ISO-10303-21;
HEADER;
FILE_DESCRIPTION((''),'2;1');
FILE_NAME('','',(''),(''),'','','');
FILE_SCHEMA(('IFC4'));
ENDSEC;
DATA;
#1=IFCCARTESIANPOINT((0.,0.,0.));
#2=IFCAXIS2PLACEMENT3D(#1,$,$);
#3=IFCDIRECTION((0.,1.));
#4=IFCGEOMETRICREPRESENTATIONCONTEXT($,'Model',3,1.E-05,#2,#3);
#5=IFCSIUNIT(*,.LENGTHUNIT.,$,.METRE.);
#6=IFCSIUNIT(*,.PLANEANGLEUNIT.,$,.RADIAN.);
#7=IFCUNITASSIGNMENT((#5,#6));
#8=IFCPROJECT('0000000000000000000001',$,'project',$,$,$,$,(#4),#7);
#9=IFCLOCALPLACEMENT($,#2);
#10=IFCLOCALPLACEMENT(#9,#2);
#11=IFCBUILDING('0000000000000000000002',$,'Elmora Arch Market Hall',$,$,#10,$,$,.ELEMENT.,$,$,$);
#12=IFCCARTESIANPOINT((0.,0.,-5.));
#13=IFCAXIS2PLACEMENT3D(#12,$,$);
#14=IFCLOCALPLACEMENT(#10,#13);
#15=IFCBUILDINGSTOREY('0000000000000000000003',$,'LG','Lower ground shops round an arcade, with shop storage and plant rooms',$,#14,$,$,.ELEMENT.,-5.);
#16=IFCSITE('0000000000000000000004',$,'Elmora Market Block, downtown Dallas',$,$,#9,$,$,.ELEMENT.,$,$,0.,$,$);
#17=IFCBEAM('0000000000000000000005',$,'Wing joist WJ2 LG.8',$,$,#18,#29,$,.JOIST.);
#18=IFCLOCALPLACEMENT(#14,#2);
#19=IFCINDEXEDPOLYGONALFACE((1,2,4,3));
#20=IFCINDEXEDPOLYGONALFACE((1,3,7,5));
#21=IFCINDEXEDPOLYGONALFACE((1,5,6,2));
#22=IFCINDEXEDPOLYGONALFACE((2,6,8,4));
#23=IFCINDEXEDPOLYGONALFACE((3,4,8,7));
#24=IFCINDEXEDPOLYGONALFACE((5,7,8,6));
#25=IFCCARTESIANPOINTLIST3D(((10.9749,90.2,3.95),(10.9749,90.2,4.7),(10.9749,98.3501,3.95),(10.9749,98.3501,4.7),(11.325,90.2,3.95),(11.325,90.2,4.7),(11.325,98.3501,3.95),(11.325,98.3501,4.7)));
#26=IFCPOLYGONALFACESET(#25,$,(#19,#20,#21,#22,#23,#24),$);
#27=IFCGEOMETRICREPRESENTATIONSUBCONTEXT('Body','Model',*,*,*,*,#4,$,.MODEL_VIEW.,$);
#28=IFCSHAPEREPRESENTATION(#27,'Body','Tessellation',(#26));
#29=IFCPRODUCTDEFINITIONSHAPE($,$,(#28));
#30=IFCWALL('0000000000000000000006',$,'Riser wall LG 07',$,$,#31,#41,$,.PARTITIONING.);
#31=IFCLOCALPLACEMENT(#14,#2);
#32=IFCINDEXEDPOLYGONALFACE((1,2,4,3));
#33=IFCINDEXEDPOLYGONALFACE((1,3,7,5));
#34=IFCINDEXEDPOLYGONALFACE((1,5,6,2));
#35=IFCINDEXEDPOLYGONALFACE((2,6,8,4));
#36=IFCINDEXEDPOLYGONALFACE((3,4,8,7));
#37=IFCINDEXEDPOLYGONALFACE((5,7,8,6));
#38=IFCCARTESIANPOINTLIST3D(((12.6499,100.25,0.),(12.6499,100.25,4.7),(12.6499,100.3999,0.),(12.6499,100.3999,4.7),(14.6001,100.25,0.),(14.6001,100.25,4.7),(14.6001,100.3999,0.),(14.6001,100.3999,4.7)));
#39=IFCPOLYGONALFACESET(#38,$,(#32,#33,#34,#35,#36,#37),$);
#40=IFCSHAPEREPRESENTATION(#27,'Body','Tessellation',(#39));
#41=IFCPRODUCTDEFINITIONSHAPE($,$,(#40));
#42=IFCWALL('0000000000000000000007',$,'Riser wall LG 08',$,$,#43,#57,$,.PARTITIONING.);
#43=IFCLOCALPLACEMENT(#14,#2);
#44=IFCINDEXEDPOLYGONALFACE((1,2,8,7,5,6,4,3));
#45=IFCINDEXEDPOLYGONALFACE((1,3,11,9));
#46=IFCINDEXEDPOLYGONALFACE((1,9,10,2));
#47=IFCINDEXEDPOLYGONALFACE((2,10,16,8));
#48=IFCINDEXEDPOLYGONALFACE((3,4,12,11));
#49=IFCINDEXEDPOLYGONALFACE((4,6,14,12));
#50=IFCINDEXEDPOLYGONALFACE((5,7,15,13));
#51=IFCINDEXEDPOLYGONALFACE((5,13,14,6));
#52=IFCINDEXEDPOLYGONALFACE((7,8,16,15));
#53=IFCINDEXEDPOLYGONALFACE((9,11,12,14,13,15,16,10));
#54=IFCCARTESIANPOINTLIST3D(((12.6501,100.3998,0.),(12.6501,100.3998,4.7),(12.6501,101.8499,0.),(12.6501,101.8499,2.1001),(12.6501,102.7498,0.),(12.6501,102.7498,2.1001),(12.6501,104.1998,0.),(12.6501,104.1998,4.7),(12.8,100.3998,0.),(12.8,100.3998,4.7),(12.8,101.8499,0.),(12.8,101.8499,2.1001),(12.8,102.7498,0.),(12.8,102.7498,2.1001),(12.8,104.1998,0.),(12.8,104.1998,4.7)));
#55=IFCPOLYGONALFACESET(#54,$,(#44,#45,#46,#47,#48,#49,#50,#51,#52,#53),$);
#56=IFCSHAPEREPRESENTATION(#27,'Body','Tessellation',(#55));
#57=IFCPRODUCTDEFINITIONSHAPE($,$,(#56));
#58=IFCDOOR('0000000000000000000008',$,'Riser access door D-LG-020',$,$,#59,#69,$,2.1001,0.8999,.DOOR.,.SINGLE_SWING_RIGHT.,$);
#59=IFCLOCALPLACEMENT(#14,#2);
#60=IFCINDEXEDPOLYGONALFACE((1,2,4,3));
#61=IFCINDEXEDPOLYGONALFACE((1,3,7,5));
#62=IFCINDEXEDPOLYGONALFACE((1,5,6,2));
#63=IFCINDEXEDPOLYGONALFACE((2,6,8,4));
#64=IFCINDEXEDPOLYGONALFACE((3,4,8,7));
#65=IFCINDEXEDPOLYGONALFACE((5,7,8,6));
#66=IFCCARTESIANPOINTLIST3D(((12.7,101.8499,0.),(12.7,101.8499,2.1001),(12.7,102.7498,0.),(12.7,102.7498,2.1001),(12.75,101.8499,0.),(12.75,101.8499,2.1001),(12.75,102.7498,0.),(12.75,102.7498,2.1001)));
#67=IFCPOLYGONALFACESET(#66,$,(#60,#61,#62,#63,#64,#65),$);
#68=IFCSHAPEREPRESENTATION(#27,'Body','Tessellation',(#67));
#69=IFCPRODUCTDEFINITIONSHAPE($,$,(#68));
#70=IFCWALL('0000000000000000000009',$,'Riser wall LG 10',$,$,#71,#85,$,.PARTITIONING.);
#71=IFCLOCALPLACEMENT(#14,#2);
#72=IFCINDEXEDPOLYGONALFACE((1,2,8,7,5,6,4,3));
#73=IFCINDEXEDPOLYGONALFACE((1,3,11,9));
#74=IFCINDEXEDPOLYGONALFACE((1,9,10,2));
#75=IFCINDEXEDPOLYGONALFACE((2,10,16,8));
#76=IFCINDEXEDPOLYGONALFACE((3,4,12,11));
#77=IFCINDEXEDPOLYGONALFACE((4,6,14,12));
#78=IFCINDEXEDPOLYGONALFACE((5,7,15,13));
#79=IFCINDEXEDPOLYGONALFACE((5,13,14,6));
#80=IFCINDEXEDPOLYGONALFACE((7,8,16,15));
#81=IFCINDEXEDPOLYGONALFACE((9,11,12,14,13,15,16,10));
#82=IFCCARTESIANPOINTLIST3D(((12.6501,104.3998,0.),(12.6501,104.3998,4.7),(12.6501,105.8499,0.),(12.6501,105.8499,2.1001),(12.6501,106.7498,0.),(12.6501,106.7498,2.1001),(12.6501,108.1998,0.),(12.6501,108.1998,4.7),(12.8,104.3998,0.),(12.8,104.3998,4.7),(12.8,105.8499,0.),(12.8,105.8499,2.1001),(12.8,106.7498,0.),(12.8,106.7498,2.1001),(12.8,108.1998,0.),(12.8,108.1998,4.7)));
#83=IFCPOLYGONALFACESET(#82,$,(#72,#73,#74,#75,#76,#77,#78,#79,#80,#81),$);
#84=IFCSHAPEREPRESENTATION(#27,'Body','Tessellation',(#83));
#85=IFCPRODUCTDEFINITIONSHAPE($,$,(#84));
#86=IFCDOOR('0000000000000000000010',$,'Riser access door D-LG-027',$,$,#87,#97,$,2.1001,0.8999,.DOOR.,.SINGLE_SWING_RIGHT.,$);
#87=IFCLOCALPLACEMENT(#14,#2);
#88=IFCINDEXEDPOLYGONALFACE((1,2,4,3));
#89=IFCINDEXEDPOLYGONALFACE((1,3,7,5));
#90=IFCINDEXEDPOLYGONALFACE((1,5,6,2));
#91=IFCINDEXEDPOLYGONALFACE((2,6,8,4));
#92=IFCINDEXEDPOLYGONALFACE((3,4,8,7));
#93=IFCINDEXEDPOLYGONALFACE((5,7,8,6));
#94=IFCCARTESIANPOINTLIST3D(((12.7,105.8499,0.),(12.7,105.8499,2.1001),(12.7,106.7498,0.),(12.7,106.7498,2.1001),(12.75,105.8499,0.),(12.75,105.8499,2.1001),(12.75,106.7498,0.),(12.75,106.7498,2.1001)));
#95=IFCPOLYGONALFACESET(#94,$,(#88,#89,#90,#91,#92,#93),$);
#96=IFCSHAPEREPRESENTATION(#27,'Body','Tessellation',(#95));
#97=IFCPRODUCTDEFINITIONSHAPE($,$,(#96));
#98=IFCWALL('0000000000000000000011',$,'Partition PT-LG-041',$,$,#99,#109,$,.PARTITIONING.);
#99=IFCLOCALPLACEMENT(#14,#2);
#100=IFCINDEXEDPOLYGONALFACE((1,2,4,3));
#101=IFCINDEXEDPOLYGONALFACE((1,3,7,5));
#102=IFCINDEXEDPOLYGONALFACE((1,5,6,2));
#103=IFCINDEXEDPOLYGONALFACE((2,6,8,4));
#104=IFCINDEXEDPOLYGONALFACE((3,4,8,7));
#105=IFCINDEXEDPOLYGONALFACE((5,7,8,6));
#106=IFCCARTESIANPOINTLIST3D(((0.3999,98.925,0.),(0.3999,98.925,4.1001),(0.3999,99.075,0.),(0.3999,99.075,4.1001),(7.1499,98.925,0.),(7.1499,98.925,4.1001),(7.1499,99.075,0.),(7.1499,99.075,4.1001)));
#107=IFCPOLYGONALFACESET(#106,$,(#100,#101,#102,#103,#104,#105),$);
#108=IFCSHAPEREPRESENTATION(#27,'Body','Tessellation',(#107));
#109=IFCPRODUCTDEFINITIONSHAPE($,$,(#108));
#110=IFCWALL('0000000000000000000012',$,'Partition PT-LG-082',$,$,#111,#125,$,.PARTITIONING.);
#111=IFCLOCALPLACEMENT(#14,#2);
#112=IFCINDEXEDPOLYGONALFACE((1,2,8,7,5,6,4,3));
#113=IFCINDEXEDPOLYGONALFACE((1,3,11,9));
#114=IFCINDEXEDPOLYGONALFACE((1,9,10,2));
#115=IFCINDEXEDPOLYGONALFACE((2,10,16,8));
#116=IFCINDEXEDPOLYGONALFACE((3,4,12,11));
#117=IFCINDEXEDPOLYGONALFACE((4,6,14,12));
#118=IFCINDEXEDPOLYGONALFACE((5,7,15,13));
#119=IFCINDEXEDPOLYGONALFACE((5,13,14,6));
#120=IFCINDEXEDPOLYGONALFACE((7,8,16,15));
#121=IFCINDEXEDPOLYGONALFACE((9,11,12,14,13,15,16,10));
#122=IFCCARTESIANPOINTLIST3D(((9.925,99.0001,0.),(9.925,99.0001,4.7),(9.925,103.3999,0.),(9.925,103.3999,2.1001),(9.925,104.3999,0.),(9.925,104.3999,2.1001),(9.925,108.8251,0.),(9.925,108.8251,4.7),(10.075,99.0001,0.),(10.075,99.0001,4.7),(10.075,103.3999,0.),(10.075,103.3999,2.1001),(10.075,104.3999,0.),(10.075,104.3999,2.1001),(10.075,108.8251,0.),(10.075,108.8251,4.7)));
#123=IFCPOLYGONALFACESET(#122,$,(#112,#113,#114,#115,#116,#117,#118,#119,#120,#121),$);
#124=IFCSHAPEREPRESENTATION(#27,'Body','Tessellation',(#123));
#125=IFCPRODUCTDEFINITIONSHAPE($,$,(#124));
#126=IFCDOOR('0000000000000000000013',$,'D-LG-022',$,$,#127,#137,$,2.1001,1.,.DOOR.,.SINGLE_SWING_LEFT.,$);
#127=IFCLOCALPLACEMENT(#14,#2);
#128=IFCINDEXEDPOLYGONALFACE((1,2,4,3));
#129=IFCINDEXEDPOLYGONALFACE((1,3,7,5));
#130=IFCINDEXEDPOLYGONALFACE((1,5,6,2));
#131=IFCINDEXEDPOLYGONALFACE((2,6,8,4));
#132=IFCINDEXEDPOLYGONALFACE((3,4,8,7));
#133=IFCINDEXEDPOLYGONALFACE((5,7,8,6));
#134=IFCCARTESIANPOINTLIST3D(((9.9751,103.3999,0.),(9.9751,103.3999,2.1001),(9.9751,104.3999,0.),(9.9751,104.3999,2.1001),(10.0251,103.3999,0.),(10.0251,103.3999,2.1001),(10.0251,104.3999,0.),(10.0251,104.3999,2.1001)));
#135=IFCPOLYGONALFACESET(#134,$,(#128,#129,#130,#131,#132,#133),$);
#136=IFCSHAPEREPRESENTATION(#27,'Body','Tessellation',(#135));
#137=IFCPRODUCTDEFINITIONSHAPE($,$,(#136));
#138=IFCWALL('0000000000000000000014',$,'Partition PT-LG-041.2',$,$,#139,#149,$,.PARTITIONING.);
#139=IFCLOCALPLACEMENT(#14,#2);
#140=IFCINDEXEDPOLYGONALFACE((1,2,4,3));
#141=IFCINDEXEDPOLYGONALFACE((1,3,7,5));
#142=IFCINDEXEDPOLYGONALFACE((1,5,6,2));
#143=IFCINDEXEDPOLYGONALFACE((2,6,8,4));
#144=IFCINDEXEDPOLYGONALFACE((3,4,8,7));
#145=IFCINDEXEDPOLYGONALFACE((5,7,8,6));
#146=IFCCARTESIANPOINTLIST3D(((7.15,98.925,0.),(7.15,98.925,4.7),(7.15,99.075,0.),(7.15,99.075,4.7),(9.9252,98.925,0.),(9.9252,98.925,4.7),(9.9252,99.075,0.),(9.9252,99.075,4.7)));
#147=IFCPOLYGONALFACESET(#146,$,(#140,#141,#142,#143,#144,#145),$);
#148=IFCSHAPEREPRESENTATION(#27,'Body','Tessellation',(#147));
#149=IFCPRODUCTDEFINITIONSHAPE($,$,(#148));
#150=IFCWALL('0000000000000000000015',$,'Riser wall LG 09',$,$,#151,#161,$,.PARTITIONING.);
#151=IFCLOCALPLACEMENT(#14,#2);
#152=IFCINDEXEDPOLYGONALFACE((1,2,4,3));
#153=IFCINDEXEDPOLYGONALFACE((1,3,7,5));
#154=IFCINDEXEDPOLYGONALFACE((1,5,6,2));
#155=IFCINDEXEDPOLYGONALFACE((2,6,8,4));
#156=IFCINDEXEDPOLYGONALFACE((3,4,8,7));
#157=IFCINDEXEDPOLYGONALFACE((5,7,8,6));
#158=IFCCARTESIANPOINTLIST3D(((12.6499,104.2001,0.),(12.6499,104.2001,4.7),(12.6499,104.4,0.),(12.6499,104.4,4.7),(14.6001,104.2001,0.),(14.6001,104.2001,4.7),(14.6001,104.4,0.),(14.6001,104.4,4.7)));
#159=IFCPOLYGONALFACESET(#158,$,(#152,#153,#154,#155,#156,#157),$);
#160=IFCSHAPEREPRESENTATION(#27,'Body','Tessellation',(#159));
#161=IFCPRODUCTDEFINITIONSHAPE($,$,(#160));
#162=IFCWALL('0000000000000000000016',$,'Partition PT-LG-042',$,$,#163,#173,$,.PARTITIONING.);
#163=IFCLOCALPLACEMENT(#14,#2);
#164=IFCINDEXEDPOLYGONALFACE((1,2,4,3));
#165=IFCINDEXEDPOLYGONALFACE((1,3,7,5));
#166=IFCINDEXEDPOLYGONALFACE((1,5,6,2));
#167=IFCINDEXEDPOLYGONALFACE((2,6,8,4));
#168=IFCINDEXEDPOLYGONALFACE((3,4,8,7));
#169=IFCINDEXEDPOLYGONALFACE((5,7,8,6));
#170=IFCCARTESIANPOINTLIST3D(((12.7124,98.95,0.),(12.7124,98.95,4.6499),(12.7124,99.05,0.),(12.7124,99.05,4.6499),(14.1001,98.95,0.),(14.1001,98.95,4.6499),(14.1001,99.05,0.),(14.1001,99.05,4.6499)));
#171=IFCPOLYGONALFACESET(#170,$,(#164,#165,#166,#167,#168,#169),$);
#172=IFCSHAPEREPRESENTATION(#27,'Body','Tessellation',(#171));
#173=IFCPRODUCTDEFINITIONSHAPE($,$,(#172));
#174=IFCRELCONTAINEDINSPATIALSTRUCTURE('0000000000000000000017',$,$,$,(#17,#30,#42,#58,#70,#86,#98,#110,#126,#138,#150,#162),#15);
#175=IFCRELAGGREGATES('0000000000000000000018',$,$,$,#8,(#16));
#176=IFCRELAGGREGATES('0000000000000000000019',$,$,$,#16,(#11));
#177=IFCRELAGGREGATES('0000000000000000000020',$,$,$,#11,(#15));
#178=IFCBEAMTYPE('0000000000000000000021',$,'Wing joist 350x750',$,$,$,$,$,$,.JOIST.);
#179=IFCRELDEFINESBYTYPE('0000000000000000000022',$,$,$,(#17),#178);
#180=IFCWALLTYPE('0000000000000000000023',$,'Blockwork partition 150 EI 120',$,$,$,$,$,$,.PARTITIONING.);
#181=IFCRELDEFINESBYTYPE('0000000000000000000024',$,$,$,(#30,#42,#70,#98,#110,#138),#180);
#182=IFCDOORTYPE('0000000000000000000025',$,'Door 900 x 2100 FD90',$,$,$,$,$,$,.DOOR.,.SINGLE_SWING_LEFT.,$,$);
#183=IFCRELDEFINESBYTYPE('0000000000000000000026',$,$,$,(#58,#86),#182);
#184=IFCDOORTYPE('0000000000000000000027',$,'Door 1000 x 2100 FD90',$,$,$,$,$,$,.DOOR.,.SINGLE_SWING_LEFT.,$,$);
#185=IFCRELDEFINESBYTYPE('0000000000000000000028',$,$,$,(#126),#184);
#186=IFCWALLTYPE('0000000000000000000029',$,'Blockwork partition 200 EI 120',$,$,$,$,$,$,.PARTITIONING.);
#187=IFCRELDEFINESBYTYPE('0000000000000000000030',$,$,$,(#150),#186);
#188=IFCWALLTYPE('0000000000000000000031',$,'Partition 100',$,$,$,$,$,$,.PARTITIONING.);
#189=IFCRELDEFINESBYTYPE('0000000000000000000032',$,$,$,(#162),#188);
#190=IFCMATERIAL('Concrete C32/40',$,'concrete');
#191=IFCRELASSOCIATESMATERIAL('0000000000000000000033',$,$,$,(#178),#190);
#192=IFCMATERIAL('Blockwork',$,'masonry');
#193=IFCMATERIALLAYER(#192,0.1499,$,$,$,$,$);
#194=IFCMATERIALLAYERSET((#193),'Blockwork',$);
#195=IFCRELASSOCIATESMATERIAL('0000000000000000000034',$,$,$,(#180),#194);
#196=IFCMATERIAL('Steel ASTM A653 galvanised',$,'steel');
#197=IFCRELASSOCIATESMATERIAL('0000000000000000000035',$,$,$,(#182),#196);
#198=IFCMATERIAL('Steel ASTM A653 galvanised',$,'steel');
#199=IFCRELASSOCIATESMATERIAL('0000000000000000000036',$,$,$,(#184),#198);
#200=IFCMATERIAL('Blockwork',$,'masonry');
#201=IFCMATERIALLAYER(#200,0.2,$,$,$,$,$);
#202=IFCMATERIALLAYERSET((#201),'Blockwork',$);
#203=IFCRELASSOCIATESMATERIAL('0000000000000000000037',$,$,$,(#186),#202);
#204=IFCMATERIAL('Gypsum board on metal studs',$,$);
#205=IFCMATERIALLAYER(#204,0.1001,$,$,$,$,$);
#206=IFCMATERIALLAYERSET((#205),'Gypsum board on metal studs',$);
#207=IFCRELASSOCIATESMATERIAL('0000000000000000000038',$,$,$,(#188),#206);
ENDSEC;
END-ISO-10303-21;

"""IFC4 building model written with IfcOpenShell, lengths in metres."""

from ifc_helpers import new_model, si_unit, direction, frame, frame_2d, origin, origin_2d, place, context, subcontext, project, spatial, rectangle, extrude, material, layer, layer_set, material_profile, profile_set, type_object, element, fill, save


model = new_model("IFC4")

# Units and contexts
model_context = context("Model", 3, precision=1e-05, world=origin(), true_north=direction((0.0, 1.0)))
body_context = subcontext(model_context, "Body", "Model", "MODEL_VIEW")
ifc_project = project(units=[si_unit("LENGTHUNIT", "METRE"), si_unit("PLANEANGLEUNIT", "RADIAN")], contexts=[model_context])

# Site, building, storey
site_placement = place(None, origin())
site = spatial("IfcSite", under=ifc_project, at=site_placement, Name="Elmora Market Block, downtown Dallas", CompositionType="ELEMENT", RefElevation=0.0)
building_placement = place(site_placement, origin())
building = spatial("IfcBuilding", under=site, at=building_placement, Name="Elmora Arch Market Hall", CompositionType="ELEMENT")
storey_placement = place(building_placement, frame((0.0, 0.0, -5.0)))
storey = spatial("IfcBuildingStorey", under=building, at=storey_placement, Name="LG", Description="Lower ground shops round an arcade, with shop storage and plant rooms", CompositionType="ELEMENT", Elevation=-5.0)

# Beam
ifc_material_1 = material(Name="Concrete C32/40", Category="concrete")
ifc_material_profile_1 = material_profile(ifc_material_1, rectangle(XDim=0.3501, YDim=0.75, at=origin_2d()), Name="Wing joist 350x750")
ifc_profile_set_1 = profile_set([ifc_material_profile_1], Name="Concrete C32/40")
beam_type_1 = type_object("IfcBeamType", Name="Wing joist 350x750", PredefinedType="JOIST", material=ifc_profile_set_1)
for number, where, z_axis, x_axis, name in (
    (1, (11.1499, 90.2, 4.325), (0.0, 1.0, 0.0), (-1.0, 0.0, 0.0), "Wing joist WJ2 LG.8"),
):
    element("IfcBeam", number, at=place(storey_placement, frame(where, z_axis=z_axis, x_axis=x_axis)), inside=storey, type_object=beam_type_1, Name=name, PredefinedType="JOIST", context=body_context, shape_type="SweptSolid", body=[
        extrude(rectangle(XDim=0.3501, YDim=0.75, at=origin_2d()), origin(), (0.0, 0.0, 1.0), 8.1501),
    ])

# Wall
ifc_material_2 = material(Name="Blockwork", Category="masonry")
ifc_layer_1 = layer(ifc_material_2, 0.1499)
ifc_layer_set_1 = layer_set([ifc_layer_1], Name="Blockwork")
wall_type_1 = type_object("IfcWallType", Name="Blockwork partition 150 EI 120", PredefinedType="PARTITIONING", material=ifc_layer_set_1)
wall_1_placement = place(storey_placement, frame((12.6499, 100.325, 0.0), z_axis=(0.0, 0.0, 1.0), x_axis=(1.0, 0.0, 0.0)))
element("IfcWall", 2, at=wall_1_placement, inside=storey, type_object=wall_type_1, Name="Riser wall LG 07", PredefinedType="PARTITIONING", context=body_context, shape_type="SweptSolid", body=[
    extrude(rectangle(XDim=1.9502, YDim=0.1499, at=frame_2d((0.9751, 0.0))), origin(), (0.0, 0.0, 1.0), 4.7),
])

# Walls, openings, doors
wall_2_placement = place(storey_placement, frame((12.7251, 100.3999, 0.0), z_axis=(0.0, 0.0, 1.0), x_axis=(0.0, 1.0, 0.0)))
wall_2 = element("IfcWall", 3, at=wall_2_placement, inside=storey, type_object=wall_type_1, Name="Riser wall LG 08", PredefinedType="PARTITIONING", context=body_context, shape_type="SweptSolid", body=[
    extrude(rectangle(XDim=3.8, YDim=0.1499, at=frame_2d((1.8999, 0.0))), origin(), (0.0, 0.0, 1.0), 4.7),
])
opening_1_placement = place(wall_2_placement, frame((1.45, 0.0, 0.0)))
opening_1 = element("IfcOpeningElement", 4, at=opening_1_placement, cuts=wall_2, PredefinedType="OPENING", context=body_context, shape_type="SweptSolid", body=[
    extrude(rectangle(XDim=0.8999, YDim=2.1001, at=frame_2d((0.45, 1.05))), frame((0.0, 0.085, 0.0), z_axis=(0.0, -1.0, 0.0), x_axis=(1.0, 0.0, 0.0)), (0.0, 0.0, 1.0), 0.1699),
])
ifc_material_3 = material(Name="Steel ASTM A653 galvanised", Category="steel")
door_type_1 = type_object("IfcDoorType", Name="Door 900 x 2100 FD90", OperationType="SINGLE_SWING_LEFT", PredefinedType="DOOR", material=ifc_material_3)
door_1_placement = place(opening_1_placement, frame((0.8999, 0.0, 0.0), z_axis=(0.0, 0.0, 1.0), x_axis=(-1.0, 0.0, 0.0)))
door_1 = element("IfcDoor", 5, at=door_1_placement, inside=storey, type_object=door_type_1, Name="Riser access door D-LG-020", OperationType="SINGLE_SWING_RIGHT", OverallHeight=2.1001, OverallWidth=0.8999, PredefinedType="DOOR", context=body_context, shape_type="SweptSolid", body=[
    extrude(rectangle(XDim=0.8999, YDim=2.1001, at=frame_2d((0.45, 1.05))), frame((0.0, 0.0249, 0.0), z_axis=(0.0, -1.0, 0.0), x_axis=(1.0, 0.0, 0.0)), (0.0, 0.0, 1.0), 0.05),
])
fill(opening_1, door_1)
wall_3_placement = place(storey_placement, frame((12.7251, 104.3999, 0.0), z_axis=(0.0, 0.0, 1.0), x_axis=(0.0, 1.0, 0.0)))
wall_3 = element("IfcWall", 6, at=wall_3_placement, inside=storey, type_object=wall_type_1, Name="Riser wall LG 10", PredefinedType="PARTITIONING", context=body_context, shape_type="SweptSolid", body=[
    extrude(rectangle(XDim=3.8, YDim=0.1499, at=frame_2d((1.8999, 0.0))), origin(), (0.0, 0.0, 1.0), 4.7),
])
opening_2_placement = place(wall_3_placement, frame((1.45, 0.0, 0.0)))
opening_2 = element("IfcOpeningElement", 7, at=opening_2_placement, cuts=wall_3, PredefinedType="OPENING", context=body_context, shape_type="SweptSolid", body=[
    extrude(rectangle(XDim=0.8999, YDim=2.1001, at=frame_2d((0.45, 1.05))), frame((0.0, 0.085, 0.0), z_axis=(0.0, -1.0, 0.0), x_axis=(1.0, 0.0, 0.0)), (0.0, 0.0, 1.0), 0.1699),
])
door_2_placement = place(opening_2_placement, frame((0.8999, 0.0, 0.0), z_axis=(0.0, 0.0, 1.0), x_axis=(-1.0, 0.0, 0.0)))
door_2 = element("IfcDoor", 8, at=door_2_placement, inside=storey, type_object=door_type_1, Name="Riser access door D-LG-027", OperationType="SINGLE_SWING_RIGHT", OverallHeight=2.1001, OverallWidth=0.8999, PredefinedType="DOOR", context=body_context, shape_type="SweptSolid", body=[
    extrude(rectangle(XDim=0.8999, YDim=2.1001, at=frame_2d((0.45, 1.05))), frame((0.0, 0.0249, 0.0), z_axis=(0.0, -1.0, 0.0), x_axis=(1.0, 0.0, 0.0)), (0.0, 0.0, 1.0), 0.05),
])
fill(opening_2, door_2)

# Wall
wall_4_placement = place(storey_placement, frame((0.3999, 99.0, 0.0), z_axis=(0.0, 0.0, 1.0), x_axis=(1.0, 0.0, 0.0)))
element("IfcWall", 9, at=wall_4_placement, inside=storey, type_object=wall_type_1, Name="Partition PT-LG-041", PredefinedType="PARTITIONING", context=body_context, shape_type="SweptSolid", body=[
    extrude(rectangle(XDim=6.75, YDim=0.1499, at=frame_2d((3.375, 0.0))), origin(), (0.0, 0.0, 1.0), 4.1001),
])

# Wall, opening, door
wall_5_placement = place(storey_placement, frame((10.0, 99.0, 0.0), z_axis=(0.0, 0.0, 1.0), x_axis=(0.0, 1.0, 0.0)))
wall_5 = element("IfcWall", 10, at=wall_5_placement, inside=storey, type_object=wall_type_1, Name="Partition PT-LG-082", PredefinedType="PARTITIONING", context=body_context, shape_type="SweptSolid", body=[
    extrude(rectangle(XDim=9.825, YDim=0.1499, at=frame_2d((4.9126, 0.0))), origin(), (0.0, 0.0, 1.0), 4.7),
])
opening_3_placement = place(wall_5_placement, frame((4.3999, 0.0, 0.0)))
opening_3 = element("IfcOpeningElement", 11, at=opening_3_placement, cuts=wall_5, PredefinedType="OPENING", context=body_context, shape_type="SweptSolid", body=[
    extrude(rectangle(XDim=1.0, YDim=2.1001, at=frame_2d((0.5, 1.05))), frame((0.0, 0.085, 0.0), z_axis=(0.0, -1.0, 0.0), x_axis=(1.0, 0.0, 0.0)), (0.0, 0.0, 1.0), 0.1699),
])
ifc_material_4 = material(Name="Steel ASTM A653 galvanised", Category="steel")
door_type_2 = type_object("IfcDoorType", Name="Door 1000 x 2100 FD90", OperationType="SINGLE_SWING_LEFT", PredefinedType="DOOR", material=ifc_material_4)
door_3_placement = place(opening_3_placement, origin())
door_3 = element("IfcDoor", 12, at=door_3_placement, inside=storey, type_object=door_type_2, Name="D-LG-022", OperationType="SINGLE_SWING_LEFT", OverallHeight=2.1001, OverallWidth=1.0, PredefinedType="DOOR", context=body_context, shape_type="SweptSolid", body=[
    extrude(rectangle(XDim=1.0, YDim=2.1001, at=frame_2d((0.5, 1.05))), frame((0.0, 0.0249, 0.0), z_axis=(0.0, -1.0, 0.0), x_axis=(1.0, 0.0, 0.0)), (0.0, 0.0, 1.0), 0.05),
])
fill(opening_3, door_3)

# Walls
wall_6_placement = place(storey_placement, frame((7.1499, 99.0, 0.0), z_axis=(0.0, 0.0, 1.0), x_axis=(1.0, 0.0, 0.0)))
element("IfcWall", 13, at=wall_6_placement, inside=storey, type_object=wall_type_1, Name="Partition PT-LG-041.2", PredefinedType="PARTITIONING", context=body_context, shape_type="SweptSolid", body=[
    extrude(rectangle(XDim=2.7751, YDim=0.1499, at=frame_2d((1.3877, 0.0))), origin(), (0.0, 0.0, 1.0), 4.7),
])
ifc_material_5 = material(Name="Blockwork", Category="masonry")
ifc_layer_2 = layer(ifc_material_5, 0.2)
ifc_layer_set_2 = layer_set([ifc_layer_2], Name="Blockwork")
wall_type_2 = type_object("IfcWallType", Name="Blockwork partition 200 EI 120", PredefinedType="PARTITIONING", material=ifc_layer_set_2)
wall_7_placement = place(storey_placement, frame((12.6499, 104.3, 0.0), z_axis=(0.0, 0.0, 1.0), x_axis=(1.0, 0.0, 0.0)))
element("IfcWall", 14, at=wall_7_placement, inside=storey, type_object=wall_type_2, Name="Riser wall LG 09", PredefinedType="PARTITIONING", context=body_context, shape_type="SweptSolid", body=[
    extrude(rectangle(XDim=1.9502, YDim=0.2, at=frame_2d((0.9751, 0.0))), origin(), (0.0, 0.0, 1.0), 4.7),
])
ifc_material_6 = material(Name="Gypsum board on metal studs")
ifc_layer_3 = layer(ifc_material_6, 0.1001)
ifc_layer_set_3 = layer_set([ifc_layer_3], Name="Gypsum board on metal studs")
wall_type_3 = type_object("IfcWallType", Name="Partition 100", PredefinedType="PARTITIONING", material=ifc_layer_set_3)
wall_8_placement = place(storey_placement, frame((12.7124, 99.0, 0.0), z_axis=(0.0, 0.0, 1.0), x_axis=(1.0, 0.0, 0.0)))
element("IfcWall", 15, at=wall_8_placement, inside=storey, type_object=wall_type_3, Name="Partition PT-LG-042", PredefinedType="PARTITIONING", context=body_context, shape_type="SweptSolid", body=[
    extrude(rectangle(XDim=1.3877, YDim=0.1001, at=frame_2d((0.6938, 0.0))), origin(), (0.0, 0.0, 1.0), 4.6499),
])

save(model, "model.ifc")
